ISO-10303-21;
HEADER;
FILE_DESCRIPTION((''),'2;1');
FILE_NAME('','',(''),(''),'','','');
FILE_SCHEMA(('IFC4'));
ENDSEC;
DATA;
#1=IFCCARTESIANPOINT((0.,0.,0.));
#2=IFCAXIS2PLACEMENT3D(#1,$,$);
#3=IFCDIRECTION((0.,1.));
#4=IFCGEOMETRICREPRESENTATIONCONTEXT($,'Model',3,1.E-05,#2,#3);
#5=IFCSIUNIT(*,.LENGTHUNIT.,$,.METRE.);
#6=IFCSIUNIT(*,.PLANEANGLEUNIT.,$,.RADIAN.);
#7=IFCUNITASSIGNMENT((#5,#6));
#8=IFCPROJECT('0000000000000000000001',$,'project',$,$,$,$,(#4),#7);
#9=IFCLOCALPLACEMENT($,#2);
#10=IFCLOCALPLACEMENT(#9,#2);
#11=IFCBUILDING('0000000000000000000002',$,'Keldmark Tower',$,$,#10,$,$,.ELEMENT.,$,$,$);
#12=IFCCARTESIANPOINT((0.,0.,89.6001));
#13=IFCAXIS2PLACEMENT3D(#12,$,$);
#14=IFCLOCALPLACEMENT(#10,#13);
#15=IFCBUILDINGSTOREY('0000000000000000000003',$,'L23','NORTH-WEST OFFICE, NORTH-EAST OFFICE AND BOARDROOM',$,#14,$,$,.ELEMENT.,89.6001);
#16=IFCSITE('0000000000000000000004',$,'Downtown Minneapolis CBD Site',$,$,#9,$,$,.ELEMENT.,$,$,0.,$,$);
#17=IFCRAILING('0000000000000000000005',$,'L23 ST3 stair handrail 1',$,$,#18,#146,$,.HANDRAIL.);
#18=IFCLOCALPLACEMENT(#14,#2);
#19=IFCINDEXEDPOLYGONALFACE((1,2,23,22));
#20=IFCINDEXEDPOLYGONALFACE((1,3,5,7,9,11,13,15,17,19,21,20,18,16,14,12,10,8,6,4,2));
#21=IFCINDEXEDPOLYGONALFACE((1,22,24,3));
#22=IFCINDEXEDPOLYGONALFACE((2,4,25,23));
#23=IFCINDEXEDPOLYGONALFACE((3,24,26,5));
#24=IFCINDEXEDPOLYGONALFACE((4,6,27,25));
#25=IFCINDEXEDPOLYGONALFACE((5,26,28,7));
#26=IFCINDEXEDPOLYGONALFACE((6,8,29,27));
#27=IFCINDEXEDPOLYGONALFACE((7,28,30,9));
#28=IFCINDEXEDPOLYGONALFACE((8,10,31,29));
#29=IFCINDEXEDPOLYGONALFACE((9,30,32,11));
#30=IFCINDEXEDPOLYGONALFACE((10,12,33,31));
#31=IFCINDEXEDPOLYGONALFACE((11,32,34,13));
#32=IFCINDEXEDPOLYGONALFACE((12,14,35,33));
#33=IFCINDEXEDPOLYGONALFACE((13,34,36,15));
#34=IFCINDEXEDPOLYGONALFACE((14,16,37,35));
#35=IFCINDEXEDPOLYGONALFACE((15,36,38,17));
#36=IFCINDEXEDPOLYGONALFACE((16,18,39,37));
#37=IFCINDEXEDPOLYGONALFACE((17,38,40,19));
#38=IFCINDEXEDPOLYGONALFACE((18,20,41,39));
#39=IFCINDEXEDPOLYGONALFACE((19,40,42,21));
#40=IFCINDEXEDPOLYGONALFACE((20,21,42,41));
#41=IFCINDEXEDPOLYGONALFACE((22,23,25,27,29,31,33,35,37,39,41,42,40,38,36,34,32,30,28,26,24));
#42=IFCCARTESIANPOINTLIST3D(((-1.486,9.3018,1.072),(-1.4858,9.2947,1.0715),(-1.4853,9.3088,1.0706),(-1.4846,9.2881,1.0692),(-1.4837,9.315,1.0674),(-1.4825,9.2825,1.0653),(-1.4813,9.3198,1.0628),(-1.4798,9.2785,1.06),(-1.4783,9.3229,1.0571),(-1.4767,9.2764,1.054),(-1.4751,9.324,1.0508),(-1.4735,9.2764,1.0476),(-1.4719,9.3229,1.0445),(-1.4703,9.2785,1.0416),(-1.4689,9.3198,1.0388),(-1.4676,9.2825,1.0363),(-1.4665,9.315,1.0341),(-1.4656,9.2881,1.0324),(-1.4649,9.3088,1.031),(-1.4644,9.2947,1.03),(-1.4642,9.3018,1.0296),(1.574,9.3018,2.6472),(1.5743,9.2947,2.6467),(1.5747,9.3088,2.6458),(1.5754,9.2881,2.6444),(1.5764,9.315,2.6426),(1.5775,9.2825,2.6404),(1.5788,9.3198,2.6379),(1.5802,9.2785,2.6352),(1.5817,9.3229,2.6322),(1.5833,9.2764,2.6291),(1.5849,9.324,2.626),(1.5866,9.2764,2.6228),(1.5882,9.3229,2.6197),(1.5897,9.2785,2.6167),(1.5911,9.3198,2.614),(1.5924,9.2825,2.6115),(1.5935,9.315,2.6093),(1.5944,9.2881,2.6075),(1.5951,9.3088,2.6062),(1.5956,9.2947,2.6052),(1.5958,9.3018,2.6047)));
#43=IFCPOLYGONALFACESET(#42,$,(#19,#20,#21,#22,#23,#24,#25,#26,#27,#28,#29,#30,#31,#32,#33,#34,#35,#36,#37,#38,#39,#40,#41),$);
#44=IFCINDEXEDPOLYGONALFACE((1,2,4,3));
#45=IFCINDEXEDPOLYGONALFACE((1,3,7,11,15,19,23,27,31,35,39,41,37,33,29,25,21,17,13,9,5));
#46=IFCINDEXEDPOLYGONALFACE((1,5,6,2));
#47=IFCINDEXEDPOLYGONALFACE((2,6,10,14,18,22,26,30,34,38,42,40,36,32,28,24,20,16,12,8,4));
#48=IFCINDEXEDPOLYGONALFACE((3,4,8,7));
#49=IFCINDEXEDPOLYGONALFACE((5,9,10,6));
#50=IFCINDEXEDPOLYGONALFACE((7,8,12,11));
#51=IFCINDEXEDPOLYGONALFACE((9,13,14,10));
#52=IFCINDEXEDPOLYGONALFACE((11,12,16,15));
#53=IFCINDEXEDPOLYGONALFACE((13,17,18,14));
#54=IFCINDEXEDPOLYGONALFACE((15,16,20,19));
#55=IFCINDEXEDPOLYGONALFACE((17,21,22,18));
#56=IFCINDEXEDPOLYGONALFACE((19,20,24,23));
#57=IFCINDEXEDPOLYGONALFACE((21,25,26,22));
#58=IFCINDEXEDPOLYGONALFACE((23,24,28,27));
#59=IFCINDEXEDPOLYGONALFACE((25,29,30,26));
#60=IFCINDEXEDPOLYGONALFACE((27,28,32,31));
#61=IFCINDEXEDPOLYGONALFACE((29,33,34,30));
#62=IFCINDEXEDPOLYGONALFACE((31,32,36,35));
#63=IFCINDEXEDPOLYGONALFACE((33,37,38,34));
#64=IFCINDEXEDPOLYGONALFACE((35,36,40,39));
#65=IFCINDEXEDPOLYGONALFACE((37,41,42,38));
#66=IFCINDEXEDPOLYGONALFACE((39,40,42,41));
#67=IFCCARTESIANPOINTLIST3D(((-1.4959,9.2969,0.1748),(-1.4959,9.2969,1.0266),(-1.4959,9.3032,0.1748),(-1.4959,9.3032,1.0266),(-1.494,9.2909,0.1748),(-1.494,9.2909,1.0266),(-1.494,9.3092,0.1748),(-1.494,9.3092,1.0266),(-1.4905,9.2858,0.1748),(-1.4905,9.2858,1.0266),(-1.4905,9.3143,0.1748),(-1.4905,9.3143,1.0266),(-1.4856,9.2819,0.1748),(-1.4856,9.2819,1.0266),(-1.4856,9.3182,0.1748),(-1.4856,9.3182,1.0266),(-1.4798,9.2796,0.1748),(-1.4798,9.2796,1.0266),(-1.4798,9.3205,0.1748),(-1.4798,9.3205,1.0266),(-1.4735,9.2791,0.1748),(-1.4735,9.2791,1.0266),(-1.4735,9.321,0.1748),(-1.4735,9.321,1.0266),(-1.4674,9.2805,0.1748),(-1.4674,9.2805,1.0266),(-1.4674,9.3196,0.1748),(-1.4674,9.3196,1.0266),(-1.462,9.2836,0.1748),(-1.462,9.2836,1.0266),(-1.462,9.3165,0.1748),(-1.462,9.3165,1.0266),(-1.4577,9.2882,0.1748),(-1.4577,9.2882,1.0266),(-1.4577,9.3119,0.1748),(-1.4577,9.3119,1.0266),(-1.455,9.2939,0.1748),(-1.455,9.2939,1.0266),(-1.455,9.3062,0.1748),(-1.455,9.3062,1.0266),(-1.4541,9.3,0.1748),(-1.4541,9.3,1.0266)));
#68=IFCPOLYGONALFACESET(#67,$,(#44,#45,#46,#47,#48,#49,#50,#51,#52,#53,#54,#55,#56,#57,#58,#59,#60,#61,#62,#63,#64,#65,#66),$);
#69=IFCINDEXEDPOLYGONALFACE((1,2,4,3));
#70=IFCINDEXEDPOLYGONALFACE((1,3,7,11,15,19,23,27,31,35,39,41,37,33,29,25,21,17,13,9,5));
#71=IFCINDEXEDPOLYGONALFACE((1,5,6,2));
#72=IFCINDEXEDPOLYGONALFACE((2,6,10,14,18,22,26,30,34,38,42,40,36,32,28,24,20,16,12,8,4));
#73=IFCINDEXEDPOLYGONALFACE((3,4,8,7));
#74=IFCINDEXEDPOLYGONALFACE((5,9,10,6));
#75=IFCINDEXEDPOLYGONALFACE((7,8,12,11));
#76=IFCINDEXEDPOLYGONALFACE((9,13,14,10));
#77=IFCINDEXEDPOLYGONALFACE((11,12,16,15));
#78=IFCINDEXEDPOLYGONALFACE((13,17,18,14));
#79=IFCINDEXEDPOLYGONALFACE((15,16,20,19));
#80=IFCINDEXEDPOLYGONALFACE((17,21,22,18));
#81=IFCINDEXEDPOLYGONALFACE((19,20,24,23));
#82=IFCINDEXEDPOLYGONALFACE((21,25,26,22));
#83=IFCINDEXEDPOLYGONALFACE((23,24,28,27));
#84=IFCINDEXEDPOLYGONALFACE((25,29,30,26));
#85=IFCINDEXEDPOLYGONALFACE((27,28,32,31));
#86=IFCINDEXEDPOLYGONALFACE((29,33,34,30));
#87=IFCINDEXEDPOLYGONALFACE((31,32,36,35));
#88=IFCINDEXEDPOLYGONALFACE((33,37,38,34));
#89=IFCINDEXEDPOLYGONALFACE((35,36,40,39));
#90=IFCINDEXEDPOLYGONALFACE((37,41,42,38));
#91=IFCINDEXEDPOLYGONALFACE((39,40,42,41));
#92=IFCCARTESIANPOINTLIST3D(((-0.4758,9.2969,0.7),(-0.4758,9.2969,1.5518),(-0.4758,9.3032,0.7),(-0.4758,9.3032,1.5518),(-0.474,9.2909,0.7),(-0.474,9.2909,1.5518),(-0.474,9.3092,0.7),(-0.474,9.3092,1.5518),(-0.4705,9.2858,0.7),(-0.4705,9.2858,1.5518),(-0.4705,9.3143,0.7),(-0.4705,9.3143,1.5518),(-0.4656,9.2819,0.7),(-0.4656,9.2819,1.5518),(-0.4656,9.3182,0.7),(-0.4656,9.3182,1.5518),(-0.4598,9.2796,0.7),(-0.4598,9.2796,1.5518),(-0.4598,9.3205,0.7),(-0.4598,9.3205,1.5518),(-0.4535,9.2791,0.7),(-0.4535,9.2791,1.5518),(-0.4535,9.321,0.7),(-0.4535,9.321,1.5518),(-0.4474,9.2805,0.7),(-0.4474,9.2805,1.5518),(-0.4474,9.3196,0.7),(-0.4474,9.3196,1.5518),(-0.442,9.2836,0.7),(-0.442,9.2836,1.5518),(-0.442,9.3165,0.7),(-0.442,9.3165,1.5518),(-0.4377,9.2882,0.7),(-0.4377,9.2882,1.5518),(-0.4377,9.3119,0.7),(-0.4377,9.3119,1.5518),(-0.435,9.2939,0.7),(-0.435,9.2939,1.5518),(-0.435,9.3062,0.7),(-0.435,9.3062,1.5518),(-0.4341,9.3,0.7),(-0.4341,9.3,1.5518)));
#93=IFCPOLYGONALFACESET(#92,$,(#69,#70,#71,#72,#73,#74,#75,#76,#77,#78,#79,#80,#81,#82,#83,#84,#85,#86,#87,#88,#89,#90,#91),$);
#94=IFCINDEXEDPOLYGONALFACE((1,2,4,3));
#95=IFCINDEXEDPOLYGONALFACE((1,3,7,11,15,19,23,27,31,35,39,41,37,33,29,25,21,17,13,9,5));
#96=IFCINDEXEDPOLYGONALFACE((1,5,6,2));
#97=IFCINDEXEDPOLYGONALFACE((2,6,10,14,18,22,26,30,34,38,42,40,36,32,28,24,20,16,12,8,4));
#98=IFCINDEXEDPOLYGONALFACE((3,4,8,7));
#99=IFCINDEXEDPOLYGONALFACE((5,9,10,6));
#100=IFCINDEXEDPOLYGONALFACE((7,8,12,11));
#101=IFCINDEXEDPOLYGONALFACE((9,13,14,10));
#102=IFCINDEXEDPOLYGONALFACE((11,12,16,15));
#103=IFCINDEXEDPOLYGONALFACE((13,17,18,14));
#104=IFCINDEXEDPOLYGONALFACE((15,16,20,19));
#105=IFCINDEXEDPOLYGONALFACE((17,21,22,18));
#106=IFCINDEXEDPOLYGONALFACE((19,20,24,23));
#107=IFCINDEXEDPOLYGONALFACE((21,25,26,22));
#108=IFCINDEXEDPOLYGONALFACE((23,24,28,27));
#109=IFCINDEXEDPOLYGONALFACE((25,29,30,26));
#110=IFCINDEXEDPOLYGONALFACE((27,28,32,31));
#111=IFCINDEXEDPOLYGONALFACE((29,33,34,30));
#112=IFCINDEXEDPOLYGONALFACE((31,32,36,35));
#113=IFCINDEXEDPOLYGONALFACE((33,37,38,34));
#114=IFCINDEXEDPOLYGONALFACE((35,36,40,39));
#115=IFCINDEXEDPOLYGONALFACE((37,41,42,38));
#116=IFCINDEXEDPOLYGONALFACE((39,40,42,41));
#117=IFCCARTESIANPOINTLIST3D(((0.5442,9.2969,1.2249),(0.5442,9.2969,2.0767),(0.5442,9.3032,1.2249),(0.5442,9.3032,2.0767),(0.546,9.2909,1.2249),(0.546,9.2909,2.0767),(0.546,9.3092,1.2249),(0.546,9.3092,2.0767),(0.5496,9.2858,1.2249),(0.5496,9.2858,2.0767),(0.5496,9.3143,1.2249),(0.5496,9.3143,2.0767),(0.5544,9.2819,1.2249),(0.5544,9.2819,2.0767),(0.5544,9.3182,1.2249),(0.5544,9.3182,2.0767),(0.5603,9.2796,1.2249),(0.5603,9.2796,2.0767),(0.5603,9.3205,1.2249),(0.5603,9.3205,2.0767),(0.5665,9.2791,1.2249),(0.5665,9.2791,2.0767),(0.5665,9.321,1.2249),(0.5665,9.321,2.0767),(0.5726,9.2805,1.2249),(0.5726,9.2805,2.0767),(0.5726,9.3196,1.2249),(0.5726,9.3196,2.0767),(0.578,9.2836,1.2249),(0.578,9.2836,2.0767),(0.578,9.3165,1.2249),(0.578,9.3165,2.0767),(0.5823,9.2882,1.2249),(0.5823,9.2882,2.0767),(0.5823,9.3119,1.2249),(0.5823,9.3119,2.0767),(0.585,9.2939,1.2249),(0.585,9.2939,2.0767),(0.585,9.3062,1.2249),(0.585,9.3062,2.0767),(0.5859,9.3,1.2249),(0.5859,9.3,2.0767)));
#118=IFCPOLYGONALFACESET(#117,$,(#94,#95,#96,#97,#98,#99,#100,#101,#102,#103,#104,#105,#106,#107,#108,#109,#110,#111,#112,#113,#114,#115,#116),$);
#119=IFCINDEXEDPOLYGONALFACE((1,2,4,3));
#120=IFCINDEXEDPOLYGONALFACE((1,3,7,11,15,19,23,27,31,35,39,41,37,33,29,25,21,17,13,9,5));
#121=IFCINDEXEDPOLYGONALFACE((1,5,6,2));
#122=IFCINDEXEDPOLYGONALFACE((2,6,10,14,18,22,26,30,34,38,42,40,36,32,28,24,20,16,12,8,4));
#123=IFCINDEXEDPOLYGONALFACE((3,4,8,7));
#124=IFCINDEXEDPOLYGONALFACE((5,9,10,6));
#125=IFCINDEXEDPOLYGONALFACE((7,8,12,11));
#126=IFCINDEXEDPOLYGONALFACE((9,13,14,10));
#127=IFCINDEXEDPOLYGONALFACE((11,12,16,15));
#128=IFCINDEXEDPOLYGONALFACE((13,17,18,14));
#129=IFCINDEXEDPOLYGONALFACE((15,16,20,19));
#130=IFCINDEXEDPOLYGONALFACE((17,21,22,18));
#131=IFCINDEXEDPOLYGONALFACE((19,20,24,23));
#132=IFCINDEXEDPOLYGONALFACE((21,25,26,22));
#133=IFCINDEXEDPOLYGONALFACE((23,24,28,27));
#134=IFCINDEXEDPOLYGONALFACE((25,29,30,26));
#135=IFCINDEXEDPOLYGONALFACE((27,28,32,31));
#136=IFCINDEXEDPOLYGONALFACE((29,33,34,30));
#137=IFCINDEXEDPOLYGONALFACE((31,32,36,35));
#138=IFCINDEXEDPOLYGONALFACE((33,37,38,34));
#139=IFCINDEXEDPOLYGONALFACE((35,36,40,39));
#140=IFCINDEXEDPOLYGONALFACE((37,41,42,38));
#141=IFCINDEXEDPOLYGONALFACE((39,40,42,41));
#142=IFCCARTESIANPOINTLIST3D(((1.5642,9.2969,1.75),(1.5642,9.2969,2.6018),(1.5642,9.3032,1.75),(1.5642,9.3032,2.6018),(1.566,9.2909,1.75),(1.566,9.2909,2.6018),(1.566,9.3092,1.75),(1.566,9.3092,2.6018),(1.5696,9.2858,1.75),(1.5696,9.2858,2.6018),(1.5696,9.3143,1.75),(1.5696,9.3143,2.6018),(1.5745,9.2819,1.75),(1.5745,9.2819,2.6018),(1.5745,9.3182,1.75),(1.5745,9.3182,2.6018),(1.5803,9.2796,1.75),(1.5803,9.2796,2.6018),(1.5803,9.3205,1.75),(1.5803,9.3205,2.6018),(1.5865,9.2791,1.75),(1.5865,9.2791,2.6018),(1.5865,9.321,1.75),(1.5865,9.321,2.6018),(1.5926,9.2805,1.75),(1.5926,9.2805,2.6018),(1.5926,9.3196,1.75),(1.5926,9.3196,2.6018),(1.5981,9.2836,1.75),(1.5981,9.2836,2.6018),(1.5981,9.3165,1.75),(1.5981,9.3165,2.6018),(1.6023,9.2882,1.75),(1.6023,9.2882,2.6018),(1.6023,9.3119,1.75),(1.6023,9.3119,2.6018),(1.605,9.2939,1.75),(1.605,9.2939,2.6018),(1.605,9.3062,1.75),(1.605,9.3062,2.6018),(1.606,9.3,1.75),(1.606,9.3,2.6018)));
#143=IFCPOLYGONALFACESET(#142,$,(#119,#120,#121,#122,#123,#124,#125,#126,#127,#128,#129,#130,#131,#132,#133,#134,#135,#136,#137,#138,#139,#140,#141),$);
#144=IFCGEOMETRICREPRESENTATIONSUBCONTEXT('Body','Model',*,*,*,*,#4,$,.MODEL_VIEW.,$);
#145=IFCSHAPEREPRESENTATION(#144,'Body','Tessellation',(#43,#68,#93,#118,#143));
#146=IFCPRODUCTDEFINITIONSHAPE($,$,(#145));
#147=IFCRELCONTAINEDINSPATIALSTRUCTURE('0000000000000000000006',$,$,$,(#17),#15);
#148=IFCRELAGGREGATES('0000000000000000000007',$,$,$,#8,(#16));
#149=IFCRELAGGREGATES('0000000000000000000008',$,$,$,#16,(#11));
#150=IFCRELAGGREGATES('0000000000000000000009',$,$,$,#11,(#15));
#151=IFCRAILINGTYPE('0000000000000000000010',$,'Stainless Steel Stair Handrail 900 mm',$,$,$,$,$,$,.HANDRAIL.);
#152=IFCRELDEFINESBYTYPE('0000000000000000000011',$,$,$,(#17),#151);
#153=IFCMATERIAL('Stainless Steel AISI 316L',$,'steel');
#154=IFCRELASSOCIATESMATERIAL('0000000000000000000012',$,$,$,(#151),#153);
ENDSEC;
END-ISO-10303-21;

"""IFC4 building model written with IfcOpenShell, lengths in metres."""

from ifc_helpers import new_model, si_unit, direction, frame, origin, origin_2d, place, context, subcontext, project, spatial, circle, extrude, material, type_object, element, save


model = new_model("IFC4")

# Units and contexts
model_context = context("Model", 3, precision=1e-05, world=origin(), true_north=direction((0.0, 1.0)))
body_context = subcontext(model_context, "Body", "Model", "MODEL_VIEW")
ifc_project = project(units=[si_unit("LENGTHUNIT", "METRE"), si_unit("PLANEANGLEUNIT", "RADIAN")], contexts=[model_context])

# Site, building, storey
site_placement = place(None, origin())
site = spatial("IfcSite", under=ifc_project, at=site_placement, Name="Downtown Minneapolis CBD Site", CompositionType="ELEMENT", RefElevation=0.0)
building_placement = place(site_placement, origin())
building = spatial("IfcBuilding", under=site, at=building_placement, Name="Keldmark Tower", CompositionType="ELEMENT")
storey_placement = place(building_placement, frame((0.0, 0.0, 89.6001)))
storey = spatial("IfcBuildingStorey", under=building, at=storey_placement, Name="L23", Description="NORTH-WEST OFFICE, NORTH-EAST OFFICE AND BOARDROOM", CompositionType="ELEMENT", Elevation=89.6001)

# Railing
ifc_material_1 = material(Name="Stainless Steel AISI 316L", Category="steel")
railing_type_1 = type_object("IfcRailingType", Name="Stainless Steel Stair Handrail 900 mm", PredefinedType="HANDRAIL", material=ifc_material_1)
railing_1_placement = place(storey_placement, frame((-1.4751, 9.3, 0.1748)))
element("IfcRailing", 1, at=railing_1_placement, inside=storey, type_object=railing_type_1, Name="L23 ST3 stair handrail 1", PredefinedType="HANDRAIL", context=body_context, shape_type="SweptSolid", body=[
    extrude(circle(Radius=0.0239, at=origin_2d()), frame((0.0, 0.0, 0.876), z_axis=(0.889116, 0.0, 0.457681), x_axis=(0.0, 1.0, 0.0)), (0.0, 0.0, 1.0), 3.4417),
    extrude(circle(Radius=0.021, at=origin_2d()), origin(), (0.0, 0.0, 1.0), 0.8518),
    extrude(circle(Radius=0.021, at=origin_2d()), frame((1.02, 0.0, 0.5251)), (0.0, 0.0, 1.0), 0.8518),
    extrude(circle(Radius=0.021, at=origin_2d()), frame((2.04, 0.0, 1.05)), (0.0, 0.0, 1.0), 0.8518),
    extrude(circle(Radius=0.021, at=origin_2d()), frame((3.0601, 0.0, 1.5752)), (0.0, 0.0, 1.0), 0.8518),
])

save(model, "model.ifc")
